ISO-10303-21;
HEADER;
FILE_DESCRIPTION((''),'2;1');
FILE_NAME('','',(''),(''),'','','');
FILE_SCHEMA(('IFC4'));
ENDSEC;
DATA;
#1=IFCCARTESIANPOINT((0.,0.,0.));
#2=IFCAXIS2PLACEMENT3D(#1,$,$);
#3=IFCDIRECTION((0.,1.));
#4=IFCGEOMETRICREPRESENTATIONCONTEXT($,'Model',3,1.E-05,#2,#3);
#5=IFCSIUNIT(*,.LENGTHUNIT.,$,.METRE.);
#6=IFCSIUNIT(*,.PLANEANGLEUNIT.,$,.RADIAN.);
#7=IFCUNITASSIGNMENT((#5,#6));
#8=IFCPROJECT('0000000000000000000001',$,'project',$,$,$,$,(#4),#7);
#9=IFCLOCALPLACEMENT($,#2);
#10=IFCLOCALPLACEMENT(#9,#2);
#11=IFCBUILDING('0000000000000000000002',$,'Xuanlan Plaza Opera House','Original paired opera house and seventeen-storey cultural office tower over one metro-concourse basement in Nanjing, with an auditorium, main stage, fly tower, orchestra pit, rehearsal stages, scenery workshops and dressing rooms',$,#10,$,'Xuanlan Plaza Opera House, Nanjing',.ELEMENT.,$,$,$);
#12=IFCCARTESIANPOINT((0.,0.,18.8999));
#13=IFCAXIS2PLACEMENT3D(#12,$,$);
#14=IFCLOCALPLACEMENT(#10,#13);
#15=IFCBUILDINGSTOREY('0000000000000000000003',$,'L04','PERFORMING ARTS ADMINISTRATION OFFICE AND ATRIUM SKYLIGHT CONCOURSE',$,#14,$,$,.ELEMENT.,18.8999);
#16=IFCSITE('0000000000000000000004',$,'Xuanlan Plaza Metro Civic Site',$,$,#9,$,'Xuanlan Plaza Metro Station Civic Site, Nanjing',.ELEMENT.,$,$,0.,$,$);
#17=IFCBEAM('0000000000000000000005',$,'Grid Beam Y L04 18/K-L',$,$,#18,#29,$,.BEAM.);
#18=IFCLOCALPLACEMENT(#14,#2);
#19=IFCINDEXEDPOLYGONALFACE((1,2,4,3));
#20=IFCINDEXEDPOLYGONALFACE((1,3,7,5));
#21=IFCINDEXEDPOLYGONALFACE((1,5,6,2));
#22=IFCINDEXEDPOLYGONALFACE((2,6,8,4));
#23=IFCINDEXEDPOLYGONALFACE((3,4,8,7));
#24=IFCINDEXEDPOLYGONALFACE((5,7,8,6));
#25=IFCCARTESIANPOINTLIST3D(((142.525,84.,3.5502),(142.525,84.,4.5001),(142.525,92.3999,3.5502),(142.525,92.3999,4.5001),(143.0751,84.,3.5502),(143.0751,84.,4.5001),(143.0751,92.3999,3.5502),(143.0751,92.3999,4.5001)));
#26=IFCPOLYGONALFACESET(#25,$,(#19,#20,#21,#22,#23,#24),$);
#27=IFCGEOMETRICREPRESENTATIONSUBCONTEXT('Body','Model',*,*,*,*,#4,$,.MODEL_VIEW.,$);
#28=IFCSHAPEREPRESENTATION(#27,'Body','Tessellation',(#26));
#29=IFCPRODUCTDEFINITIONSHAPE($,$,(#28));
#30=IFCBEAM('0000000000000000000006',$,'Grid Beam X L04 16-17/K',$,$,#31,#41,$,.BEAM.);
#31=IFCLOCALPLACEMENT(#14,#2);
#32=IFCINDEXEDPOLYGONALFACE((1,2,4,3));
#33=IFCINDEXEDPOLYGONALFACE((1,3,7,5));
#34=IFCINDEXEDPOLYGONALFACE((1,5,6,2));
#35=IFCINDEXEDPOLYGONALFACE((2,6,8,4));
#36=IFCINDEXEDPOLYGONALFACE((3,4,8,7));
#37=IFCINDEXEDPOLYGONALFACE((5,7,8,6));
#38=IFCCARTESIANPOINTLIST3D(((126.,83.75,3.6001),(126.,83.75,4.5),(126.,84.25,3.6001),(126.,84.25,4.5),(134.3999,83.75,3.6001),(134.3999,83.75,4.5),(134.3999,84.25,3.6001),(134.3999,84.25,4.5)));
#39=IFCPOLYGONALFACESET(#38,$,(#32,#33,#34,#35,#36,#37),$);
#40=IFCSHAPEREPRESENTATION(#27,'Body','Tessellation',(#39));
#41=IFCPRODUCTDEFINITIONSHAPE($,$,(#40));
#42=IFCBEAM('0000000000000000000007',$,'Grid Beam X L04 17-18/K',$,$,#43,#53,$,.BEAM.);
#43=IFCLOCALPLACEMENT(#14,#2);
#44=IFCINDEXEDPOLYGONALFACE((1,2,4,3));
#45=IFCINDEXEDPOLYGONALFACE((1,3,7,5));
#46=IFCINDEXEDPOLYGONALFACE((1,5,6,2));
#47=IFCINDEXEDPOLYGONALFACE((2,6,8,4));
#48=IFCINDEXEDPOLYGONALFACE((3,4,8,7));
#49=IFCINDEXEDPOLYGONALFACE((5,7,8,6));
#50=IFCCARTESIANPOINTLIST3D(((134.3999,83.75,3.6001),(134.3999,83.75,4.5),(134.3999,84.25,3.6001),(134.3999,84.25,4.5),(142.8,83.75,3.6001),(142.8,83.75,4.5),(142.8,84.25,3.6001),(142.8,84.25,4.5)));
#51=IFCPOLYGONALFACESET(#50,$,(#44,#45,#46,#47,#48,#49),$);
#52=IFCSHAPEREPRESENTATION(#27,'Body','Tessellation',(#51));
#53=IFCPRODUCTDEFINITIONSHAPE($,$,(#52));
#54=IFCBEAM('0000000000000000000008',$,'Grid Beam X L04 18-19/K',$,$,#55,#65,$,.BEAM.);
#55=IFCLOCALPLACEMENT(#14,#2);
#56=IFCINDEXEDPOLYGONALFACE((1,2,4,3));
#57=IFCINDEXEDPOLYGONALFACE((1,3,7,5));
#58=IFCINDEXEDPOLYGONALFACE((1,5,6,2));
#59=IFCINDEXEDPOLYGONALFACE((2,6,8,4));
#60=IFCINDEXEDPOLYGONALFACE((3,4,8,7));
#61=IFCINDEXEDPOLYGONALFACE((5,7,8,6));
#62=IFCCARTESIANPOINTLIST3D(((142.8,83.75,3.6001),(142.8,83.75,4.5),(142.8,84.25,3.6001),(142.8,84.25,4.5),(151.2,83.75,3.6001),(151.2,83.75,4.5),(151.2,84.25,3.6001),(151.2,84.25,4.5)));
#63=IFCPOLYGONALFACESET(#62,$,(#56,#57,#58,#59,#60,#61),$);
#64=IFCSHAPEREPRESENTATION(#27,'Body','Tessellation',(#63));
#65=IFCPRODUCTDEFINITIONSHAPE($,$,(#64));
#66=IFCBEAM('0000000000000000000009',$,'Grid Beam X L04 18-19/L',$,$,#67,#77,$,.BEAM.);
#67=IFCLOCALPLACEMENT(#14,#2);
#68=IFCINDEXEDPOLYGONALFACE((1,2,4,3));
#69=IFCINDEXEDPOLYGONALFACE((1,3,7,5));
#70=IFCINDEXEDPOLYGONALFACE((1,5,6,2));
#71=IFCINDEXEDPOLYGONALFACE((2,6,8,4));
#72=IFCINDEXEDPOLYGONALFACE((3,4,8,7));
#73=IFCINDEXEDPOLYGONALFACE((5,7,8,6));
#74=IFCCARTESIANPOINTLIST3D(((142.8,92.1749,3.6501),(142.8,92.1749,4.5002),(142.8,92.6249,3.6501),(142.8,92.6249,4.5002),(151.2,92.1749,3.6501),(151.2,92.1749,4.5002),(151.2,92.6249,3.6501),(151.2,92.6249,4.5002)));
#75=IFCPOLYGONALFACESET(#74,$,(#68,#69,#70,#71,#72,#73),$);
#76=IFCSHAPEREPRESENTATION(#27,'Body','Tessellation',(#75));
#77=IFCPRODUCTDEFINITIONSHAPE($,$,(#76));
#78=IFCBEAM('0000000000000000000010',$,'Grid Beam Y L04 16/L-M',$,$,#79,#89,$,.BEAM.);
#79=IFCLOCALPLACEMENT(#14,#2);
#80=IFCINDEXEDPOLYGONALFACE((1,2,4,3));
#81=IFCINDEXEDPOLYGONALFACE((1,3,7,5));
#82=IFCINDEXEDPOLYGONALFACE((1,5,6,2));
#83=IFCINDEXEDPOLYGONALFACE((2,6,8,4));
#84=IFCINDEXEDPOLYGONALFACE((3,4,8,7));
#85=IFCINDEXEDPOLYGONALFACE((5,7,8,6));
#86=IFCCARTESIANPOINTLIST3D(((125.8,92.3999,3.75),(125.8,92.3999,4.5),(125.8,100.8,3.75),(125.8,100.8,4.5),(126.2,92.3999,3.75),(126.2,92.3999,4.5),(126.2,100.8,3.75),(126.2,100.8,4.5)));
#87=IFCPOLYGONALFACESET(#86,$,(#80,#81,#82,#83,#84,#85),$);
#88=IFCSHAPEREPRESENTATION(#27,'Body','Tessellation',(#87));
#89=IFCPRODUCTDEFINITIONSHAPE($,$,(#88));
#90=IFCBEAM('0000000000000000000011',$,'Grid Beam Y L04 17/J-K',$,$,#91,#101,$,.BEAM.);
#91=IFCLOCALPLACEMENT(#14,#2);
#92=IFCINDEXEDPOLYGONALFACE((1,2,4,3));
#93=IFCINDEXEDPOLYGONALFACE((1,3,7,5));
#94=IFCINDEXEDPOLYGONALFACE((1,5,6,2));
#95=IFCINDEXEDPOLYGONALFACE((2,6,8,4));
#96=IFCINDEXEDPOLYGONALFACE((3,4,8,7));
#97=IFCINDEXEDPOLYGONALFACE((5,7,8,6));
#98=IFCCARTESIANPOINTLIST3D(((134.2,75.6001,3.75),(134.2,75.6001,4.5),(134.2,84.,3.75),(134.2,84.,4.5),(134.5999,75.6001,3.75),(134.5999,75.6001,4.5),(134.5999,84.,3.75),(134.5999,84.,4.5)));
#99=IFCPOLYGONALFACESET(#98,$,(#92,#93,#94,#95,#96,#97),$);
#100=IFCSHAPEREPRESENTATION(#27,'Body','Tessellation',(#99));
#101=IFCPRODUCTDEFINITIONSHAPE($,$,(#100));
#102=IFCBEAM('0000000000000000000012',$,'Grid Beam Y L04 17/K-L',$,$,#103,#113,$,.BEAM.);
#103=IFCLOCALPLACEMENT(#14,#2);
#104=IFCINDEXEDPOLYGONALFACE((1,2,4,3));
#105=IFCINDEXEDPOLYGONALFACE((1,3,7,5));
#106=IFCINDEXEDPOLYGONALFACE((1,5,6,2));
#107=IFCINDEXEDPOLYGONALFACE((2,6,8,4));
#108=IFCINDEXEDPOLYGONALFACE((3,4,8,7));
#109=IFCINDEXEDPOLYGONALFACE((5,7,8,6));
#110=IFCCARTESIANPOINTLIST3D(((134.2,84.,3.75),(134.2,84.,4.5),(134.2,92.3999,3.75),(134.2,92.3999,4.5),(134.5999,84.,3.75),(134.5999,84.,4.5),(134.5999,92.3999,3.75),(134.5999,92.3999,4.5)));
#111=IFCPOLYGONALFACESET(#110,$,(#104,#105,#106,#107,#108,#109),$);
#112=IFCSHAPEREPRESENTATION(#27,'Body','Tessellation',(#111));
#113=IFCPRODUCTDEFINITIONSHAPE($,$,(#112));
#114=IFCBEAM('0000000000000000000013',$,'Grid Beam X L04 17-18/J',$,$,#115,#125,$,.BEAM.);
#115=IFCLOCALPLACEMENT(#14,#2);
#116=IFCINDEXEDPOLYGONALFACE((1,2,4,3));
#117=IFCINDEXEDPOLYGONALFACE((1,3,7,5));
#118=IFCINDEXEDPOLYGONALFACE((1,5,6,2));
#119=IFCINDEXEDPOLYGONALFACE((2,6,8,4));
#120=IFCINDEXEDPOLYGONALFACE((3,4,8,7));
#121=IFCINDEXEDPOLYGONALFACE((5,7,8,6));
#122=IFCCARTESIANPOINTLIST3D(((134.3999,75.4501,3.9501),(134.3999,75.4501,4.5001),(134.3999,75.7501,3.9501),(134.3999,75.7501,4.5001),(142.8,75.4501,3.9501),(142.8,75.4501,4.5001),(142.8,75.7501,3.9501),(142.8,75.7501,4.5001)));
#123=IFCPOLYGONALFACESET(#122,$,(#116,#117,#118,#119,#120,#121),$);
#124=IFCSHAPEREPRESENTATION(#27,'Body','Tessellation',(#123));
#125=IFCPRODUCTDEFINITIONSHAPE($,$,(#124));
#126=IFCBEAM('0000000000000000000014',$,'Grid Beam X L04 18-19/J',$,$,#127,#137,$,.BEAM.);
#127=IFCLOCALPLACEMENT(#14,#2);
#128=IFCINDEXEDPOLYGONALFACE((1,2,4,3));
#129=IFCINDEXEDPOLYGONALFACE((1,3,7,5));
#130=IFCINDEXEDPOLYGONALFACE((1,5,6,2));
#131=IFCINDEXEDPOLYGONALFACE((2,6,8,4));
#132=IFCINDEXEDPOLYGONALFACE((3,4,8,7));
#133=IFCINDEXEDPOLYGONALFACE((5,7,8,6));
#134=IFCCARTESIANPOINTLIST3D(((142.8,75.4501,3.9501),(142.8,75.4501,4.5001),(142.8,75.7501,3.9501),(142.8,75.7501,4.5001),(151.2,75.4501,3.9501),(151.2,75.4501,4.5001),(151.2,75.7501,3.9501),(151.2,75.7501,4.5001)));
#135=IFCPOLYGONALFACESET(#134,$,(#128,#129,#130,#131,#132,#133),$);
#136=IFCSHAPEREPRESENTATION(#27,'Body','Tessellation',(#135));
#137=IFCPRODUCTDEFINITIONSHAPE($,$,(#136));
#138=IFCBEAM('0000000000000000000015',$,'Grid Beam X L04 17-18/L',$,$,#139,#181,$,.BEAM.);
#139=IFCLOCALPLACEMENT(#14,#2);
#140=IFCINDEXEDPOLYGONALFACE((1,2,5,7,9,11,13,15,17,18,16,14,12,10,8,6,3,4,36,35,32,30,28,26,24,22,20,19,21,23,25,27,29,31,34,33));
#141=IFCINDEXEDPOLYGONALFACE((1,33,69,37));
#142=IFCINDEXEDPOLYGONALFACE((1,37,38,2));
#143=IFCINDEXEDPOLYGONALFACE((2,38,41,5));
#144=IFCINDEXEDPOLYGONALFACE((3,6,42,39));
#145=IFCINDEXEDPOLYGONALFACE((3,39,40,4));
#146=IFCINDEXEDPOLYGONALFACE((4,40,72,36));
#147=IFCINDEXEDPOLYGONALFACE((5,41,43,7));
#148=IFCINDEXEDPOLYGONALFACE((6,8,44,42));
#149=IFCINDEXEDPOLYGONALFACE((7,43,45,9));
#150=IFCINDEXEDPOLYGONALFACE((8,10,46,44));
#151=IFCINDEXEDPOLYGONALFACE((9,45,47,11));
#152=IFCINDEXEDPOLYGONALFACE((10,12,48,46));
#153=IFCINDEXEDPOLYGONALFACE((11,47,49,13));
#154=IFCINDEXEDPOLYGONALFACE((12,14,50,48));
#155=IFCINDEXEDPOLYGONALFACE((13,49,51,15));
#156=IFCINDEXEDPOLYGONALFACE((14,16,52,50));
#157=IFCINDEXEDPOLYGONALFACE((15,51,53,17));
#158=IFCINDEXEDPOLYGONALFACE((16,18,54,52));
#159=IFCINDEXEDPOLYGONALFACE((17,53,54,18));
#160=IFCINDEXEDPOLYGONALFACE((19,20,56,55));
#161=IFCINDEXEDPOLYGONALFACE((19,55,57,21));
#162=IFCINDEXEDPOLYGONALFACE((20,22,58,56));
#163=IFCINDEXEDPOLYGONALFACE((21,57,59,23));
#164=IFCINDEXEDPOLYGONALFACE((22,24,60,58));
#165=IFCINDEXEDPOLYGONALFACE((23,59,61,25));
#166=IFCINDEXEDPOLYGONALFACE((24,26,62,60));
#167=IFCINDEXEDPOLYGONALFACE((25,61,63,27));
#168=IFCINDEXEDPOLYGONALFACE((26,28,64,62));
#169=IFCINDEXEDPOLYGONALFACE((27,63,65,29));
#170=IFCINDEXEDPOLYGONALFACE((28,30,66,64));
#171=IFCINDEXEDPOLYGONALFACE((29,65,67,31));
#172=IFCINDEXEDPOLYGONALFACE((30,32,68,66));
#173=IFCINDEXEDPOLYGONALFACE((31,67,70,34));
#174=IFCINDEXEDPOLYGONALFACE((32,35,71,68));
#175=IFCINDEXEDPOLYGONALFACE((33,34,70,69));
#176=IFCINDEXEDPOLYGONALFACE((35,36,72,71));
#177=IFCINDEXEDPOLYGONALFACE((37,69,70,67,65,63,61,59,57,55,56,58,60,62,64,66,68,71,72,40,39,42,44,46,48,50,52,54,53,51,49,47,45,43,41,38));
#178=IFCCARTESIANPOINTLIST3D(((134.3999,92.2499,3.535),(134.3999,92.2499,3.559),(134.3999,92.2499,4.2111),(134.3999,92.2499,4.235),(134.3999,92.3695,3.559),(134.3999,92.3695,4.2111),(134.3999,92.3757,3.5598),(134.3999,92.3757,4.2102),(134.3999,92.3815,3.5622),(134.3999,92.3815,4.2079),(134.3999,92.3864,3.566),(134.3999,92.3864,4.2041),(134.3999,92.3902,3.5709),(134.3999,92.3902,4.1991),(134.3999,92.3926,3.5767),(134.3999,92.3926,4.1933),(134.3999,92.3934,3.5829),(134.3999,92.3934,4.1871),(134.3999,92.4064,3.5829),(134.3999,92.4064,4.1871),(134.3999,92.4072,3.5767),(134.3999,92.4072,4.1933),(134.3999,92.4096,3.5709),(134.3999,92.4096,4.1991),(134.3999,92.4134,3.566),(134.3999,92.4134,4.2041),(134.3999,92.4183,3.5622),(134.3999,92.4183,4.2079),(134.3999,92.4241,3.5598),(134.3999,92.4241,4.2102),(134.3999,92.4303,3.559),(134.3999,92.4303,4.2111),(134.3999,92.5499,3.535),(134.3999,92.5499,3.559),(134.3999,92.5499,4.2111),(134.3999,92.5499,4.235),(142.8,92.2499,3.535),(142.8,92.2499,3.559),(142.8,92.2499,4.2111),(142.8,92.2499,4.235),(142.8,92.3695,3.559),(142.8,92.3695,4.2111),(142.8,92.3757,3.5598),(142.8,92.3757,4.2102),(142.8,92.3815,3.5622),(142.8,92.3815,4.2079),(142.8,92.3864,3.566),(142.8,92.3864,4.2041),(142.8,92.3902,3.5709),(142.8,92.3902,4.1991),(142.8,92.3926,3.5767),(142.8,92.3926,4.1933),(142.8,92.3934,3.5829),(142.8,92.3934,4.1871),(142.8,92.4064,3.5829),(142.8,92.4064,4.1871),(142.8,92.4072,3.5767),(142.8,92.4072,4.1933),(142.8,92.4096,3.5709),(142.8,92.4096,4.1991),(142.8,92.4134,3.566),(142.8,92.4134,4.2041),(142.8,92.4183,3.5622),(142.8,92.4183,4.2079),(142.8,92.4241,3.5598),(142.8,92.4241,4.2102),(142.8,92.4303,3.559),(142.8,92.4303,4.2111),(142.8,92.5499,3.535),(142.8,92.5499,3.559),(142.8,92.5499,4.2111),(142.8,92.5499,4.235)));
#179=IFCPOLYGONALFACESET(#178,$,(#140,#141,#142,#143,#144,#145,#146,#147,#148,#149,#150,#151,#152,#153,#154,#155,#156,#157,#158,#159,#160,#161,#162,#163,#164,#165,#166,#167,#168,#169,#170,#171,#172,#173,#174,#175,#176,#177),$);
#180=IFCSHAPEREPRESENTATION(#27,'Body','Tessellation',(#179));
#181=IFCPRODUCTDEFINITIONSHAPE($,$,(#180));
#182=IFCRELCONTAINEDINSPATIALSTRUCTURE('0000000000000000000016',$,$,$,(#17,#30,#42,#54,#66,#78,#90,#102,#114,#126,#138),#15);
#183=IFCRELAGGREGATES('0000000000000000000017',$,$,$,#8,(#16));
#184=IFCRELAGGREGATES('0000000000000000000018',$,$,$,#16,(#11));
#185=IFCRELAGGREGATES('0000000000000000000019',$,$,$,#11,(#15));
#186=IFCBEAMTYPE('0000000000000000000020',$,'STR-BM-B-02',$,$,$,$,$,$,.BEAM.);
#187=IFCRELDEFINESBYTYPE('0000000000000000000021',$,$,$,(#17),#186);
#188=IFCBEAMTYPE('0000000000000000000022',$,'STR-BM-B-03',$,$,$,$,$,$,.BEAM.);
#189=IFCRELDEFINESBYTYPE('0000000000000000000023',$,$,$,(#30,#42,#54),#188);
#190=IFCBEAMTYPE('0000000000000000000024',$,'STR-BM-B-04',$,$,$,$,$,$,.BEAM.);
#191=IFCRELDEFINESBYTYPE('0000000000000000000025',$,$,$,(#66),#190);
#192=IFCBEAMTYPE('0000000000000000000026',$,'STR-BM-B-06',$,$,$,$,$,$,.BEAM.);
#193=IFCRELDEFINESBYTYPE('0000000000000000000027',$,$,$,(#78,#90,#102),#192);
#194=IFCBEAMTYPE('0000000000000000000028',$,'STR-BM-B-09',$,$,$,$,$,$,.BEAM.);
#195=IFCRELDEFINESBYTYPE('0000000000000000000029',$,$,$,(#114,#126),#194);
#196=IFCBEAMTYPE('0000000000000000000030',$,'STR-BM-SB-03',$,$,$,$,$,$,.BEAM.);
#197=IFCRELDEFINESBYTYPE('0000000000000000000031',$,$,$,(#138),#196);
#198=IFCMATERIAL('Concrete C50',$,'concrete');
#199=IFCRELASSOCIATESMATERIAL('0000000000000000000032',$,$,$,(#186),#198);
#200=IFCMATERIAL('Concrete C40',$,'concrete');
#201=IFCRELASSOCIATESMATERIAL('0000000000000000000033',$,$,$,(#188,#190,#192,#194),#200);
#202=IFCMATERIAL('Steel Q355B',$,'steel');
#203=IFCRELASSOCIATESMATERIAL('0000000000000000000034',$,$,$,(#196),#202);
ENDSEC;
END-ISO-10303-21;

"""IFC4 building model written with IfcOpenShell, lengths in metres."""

from ifc_helpers import new_model, si_unit, direction, frame, origin, origin_2d, place, context, subcontext, project, spatial, rectangle, i_section, extrude, material, material_profile, profile_set, type_object, element, save


model = new_model("IFC4")

# Units and contexts
model_context = context("Model", 3, precision=1e-05, world=origin(), true_north=direction((0.0, 1.0)))
body_context = subcontext(model_context, "Body", "Model", "MODEL_VIEW")
ifc_project = project(units=[si_unit("LENGTHUNIT", "METRE"), si_unit("PLANEANGLEUNIT", "RADIAN")], contexts=[model_context])

# Site, building, storey
site_placement = place(None, origin())
site = spatial("IfcSite", under=ifc_project, at=site_placement, Name="Xuanlan Plaza Metro Civic Site", LongName="Xuanlan Plaza Metro Station Civic Site, Nanjing", CompositionType="ELEMENT", RefElevation=0.0)
building_placement = place(site_placement, origin())
building = spatial("IfcBuilding", under=site, at=building_placement, Name="Xuanlan Plaza Opera House", Description="Original paired opera house and seventeen-storey cultural office tower over one metro-concourse basement in Nanjing, with an auditorium, main stage, fly tower, orchestra pit, rehearsal stages, scenery workshops and dressing rooms", LongName="Xuanlan Plaza Opera House, Nanjing", CompositionType="ELEMENT")
storey_placement = place(building_placement, frame((0.0, 0.0, 18.8999)))
storey = spatial("IfcBuildingStorey", under=building, at=storey_placement, Name="L04", Description="PERFORMING ARTS ADMINISTRATION OFFICE AND ATRIUM SKYLIGHT CONCOURSE", CompositionType="ELEMENT", Elevation=18.8999)

# Shared definitions
ifc_material_1 = material(Name="Concrete C50", Category="concrete")
ifc_material_2 = material(Name="Concrete C40", Category="concrete")
ifc_material_3 = material(Name="Steel Q355B", Category="steel")

# Beams
ifc_material_profile_1 = material_profile(ifc_material_1, rectangle(XDim=0.55, YDim=0.95, at=origin_2d()), Name="RC-BM 550x950")
ifc_profile_set_1 = profile_set([ifc_material_profile_1], Name="Concrete C50")
beam_type_1 = type_object("IfcBeamType", Name="STR-BM-B-02", PredefinedType="BEAM", material=ifc_profile_set_1)
beam_1_placement = place(storey_placement, frame((142.8, 84.0, 4.0251), z_axis=(0.0, 1.0, 0.0), x_axis=(-1.0, 0.0, 0.0)))
element("IfcBeam", 1, at=beam_1_placement, inside=storey, type_object=beam_type_1, Name="Grid Beam Y L04 18/K-L", PredefinedType="BEAM", context=body_context, shape_type="SweptSolid", body=[
    extrude(rectangle(XDim=0.55, YDim=0.95, at=origin_2d()), origin(), (0.0, 0.0, 1.0), 8.3999),
])
ifc_material_profile_2 = material_profile(ifc_material_2, rectangle(XDim=0.5, YDim=0.8999, at=origin_2d()), Name="RC-BM 500x900")
ifc_profile_set_2 = profile_set([ifc_material_profile_2], Name="Concrete C40")
beam_type_2 = type_object("IfcBeamType", Name="STR-BM-B-03", PredefinedType="BEAM", material=ifc_profile_set_2)
beam_2_placement = place(storey_placement, frame((126.0, 84.0, 4.05), z_axis=(1.0, 0.0, 0.0), x_axis=(0.0, 1.0, 0.0)))
element("IfcBeam", 2, at=beam_2_placement, inside=storey, type_object=beam_type_2, Name="Grid Beam X L04 16-17/K", PredefinedType="BEAM", context=body_context, shape_type="SweptSolid", body=[
    extrude(rectangle(XDim=0.5, YDim=0.8999, at=origin_2d()), origin(), (0.0, 0.0, 1.0), 8.3999),
])
beam_3_placement = place(storey_placement, frame((134.3999, 84.0, 4.05), z_axis=(1.0, 0.0, 0.0), x_axis=(0.0, 1.0, 0.0)))
element("IfcBeam", 3, at=beam_3_placement, inside=storey, type_object=beam_type_2, Name="Grid Beam X L04 17-18/K", PredefinedType="BEAM", context=body_context, shape_type="SweptSolid", body=[
    extrude(rectangle(XDim=0.5, YDim=0.8999, at=origin_2d()), origin(), (0.0, 0.0, 1.0), 8.4001),
])
beam_4_placement = place(storey_placement, frame((142.8, 84.0, 4.05), z_axis=(1.0, 0.0, 0.0), x_axis=(0.0, 1.0, 0.0)))
element("IfcBeam", 4, at=beam_4_placement, inside=storey, type_object=beam_type_2, Name="Grid Beam X L04 18-19/K", PredefinedType="BEAM", context=body_context, shape_type="SweptSolid", body=[
    extrude(rectangle(XDim=0.5, YDim=0.8999, at=origin_2d()), origin(), (0.0, 0.0, 1.0), 8.3999),
])
ifc_material_profile_3 = material_profile(ifc_material_2, rectangle(XDim=0.45, YDim=0.8501, at=origin_2d()), Name="RC-BM 450x850")
ifc_profile_set_3 = profile_set([ifc_material_profile_3], Name="Concrete C40")
beam_type_3 = type_object("IfcBeamType", Name="STR-BM-B-04", PredefinedType="BEAM", material=ifc_profile_set_3)
beam_5_placement = place(storey_placement, frame((142.8, 92.3999, 4.0752), z_axis=(1.0, 0.0, 0.0), x_axis=(0.0, 1.0, 0.0)))
element("IfcBeam", 5, at=beam_5_placement, inside=storey, type_object=beam_type_3, Name="Grid Beam X L04 18-19/L", PredefinedType="BEAM", context=body_context, shape_type="SweptSolid", body=[
    extrude(rectangle(XDim=0.45, YDim=0.8501, at=origin_2d()), origin(), (0.0, 0.0, 1.0), 8.3999),
])
ifc_material_profile_4 = material_profile(ifc_material_2, rectangle(XDim=0.3999, YDim=0.75, at=origin_2d()), Name="RC-BM 400x750")
ifc_profile_set_4 = profile_set([ifc_material_profile_4], Name="Concrete C40")
beam_type_4 = type_object("IfcBeamType", Name="STR-BM-B-06", PredefinedType="BEAM", material=ifc_profile_set_4)
beam_6_placement = place(storey_placement, frame((126.0, 92.3999, 4.125), z_axis=(0.0, 1.0, 0.0), x_axis=(-1.0, 0.0, 0.0)))
element("IfcBeam", 6, at=beam_6_placement, inside=storey, type_object=beam_type_4, Name="Grid Beam Y L04 16/L-M", PredefinedType="BEAM", context=body_context, shape_type="SweptSolid", body=[
    extrude(rectangle(XDim=0.3999, YDim=0.75, at=origin_2d()), origin(), (0.0, 0.0, 1.0), 8.4001),
])
for number, where, z_axis, x_axis, name in (
    (7, (134.3999, 75.6001, 4.125), (0.0, 1.0, 0.0), (-1.0, 0.0, 0.0), "Grid Beam Y L04 17/J-K"),
    (8, (134.3999, 84.0, 4.125), (0.0, 1.0, 0.0), (-1.0, 0.0, 0.0), "Grid Beam Y L04 17/K-L"),
):
    element("IfcBeam", number, at=place(storey_placement, frame(where, z_axis=z_axis, x_axis=x_axis)), inside=storey, type_object=beam_type_4, Name=name, PredefinedType="BEAM", context=body_context, shape_type="SweptSolid", body=[
        extrude(rectangle(XDim=0.3999, YDim=0.75, at=origin_2d()), origin(), (0.0, 0.0, 1.0), 8.3999),
    ])
ifc_material_profile_5 = material_profile(ifc_material_2, rectangle(XDim=0.3, YDim=0.55, at=origin_2d()), Name="RC-BM 300x550")
ifc_profile_set_5 = profile_set([ifc_material_profile_5], Name="Concrete C40")
beam_type_5 = type_object("IfcBeamType", Name="STR-BM-B-09", PredefinedType="BEAM", material=ifc_profile_set_5)
beam_7_placement = place(storey_placement, frame((134.3999, 75.6001, 4.2251), z_axis=(1.0, 0.0, 0.0), x_axis=(0.0, 1.0, 0.0)))
element("IfcBeam", 9, at=beam_7_placement, inside=storey, type_object=beam_type_5, Name="Grid Beam X L04 17-18/J", PredefinedType="BEAM", context=body_context, shape_type="SweptSolid", body=[
    extrude(rectangle(XDim=0.3, YDim=0.55, at=origin_2d()), origin(), (0.0, 0.0, 1.0), 8.4001),
])
beam_8_placement = place(storey_placement, frame((142.8, 75.6001, 4.2251), z_axis=(1.0, 0.0, 0.0), x_axis=(0.0, 1.0, 0.0)))
element("IfcBeam", 10, at=beam_8_placement, inside=storey, type_object=beam_type_5, Name="Grid Beam X L04 18-19/J", PredefinedType="BEAM", context=body_context, shape_type="SweptSolid", body=[
    extrude(rectangle(XDim=0.3, YDim=0.55, at=origin_2d()), origin(), (0.0, 0.0, 1.0), 8.3999),
])
ifc_material_profile_6 = material_profile(ifc_material_3, i_section(OverallWidth=0.3, OverallDepth=0.7, WebThickness=0.0129, FlangeThickness=0.0239, FilletRadius=0.0239, at=origin_2d()), Name="HN 700x300x13x24")
ifc_profile_set_6 = profile_set([ifc_material_profile_6], Name="Steel Q355B")
beam_type_6 = type_object("IfcBeamType", Name="STR-BM-SB-03", PredefinedType="BEAM", material=ifc_profile_set_6)
beam_9_placement = place(storey_placement, frame((134.3999, 92.3999, 3.885), z_axis=(1.0, 0.0, 0.0), x_axis=(0.0, 1.0, 0.0)))
element("IfcBeam", 11, at=beam_9_placement, inside=storey, type_object=beam_type_6, Name="Grid Beam X L04 17-18/L", PredefinedType="BEAM", context=body_context, shape_type="SweptSolid", body=[
    extrude(i_section(OverallWidth=0.3, OverallDepth=0.7, WebThickness=0.0129, FlangeThickness=0.0239, FilletRadius=0.0239, at=origin_2d()), origin(), (0.0, 0.0, 1.0), 8.4001),
])

save(model, "model.ifc")
